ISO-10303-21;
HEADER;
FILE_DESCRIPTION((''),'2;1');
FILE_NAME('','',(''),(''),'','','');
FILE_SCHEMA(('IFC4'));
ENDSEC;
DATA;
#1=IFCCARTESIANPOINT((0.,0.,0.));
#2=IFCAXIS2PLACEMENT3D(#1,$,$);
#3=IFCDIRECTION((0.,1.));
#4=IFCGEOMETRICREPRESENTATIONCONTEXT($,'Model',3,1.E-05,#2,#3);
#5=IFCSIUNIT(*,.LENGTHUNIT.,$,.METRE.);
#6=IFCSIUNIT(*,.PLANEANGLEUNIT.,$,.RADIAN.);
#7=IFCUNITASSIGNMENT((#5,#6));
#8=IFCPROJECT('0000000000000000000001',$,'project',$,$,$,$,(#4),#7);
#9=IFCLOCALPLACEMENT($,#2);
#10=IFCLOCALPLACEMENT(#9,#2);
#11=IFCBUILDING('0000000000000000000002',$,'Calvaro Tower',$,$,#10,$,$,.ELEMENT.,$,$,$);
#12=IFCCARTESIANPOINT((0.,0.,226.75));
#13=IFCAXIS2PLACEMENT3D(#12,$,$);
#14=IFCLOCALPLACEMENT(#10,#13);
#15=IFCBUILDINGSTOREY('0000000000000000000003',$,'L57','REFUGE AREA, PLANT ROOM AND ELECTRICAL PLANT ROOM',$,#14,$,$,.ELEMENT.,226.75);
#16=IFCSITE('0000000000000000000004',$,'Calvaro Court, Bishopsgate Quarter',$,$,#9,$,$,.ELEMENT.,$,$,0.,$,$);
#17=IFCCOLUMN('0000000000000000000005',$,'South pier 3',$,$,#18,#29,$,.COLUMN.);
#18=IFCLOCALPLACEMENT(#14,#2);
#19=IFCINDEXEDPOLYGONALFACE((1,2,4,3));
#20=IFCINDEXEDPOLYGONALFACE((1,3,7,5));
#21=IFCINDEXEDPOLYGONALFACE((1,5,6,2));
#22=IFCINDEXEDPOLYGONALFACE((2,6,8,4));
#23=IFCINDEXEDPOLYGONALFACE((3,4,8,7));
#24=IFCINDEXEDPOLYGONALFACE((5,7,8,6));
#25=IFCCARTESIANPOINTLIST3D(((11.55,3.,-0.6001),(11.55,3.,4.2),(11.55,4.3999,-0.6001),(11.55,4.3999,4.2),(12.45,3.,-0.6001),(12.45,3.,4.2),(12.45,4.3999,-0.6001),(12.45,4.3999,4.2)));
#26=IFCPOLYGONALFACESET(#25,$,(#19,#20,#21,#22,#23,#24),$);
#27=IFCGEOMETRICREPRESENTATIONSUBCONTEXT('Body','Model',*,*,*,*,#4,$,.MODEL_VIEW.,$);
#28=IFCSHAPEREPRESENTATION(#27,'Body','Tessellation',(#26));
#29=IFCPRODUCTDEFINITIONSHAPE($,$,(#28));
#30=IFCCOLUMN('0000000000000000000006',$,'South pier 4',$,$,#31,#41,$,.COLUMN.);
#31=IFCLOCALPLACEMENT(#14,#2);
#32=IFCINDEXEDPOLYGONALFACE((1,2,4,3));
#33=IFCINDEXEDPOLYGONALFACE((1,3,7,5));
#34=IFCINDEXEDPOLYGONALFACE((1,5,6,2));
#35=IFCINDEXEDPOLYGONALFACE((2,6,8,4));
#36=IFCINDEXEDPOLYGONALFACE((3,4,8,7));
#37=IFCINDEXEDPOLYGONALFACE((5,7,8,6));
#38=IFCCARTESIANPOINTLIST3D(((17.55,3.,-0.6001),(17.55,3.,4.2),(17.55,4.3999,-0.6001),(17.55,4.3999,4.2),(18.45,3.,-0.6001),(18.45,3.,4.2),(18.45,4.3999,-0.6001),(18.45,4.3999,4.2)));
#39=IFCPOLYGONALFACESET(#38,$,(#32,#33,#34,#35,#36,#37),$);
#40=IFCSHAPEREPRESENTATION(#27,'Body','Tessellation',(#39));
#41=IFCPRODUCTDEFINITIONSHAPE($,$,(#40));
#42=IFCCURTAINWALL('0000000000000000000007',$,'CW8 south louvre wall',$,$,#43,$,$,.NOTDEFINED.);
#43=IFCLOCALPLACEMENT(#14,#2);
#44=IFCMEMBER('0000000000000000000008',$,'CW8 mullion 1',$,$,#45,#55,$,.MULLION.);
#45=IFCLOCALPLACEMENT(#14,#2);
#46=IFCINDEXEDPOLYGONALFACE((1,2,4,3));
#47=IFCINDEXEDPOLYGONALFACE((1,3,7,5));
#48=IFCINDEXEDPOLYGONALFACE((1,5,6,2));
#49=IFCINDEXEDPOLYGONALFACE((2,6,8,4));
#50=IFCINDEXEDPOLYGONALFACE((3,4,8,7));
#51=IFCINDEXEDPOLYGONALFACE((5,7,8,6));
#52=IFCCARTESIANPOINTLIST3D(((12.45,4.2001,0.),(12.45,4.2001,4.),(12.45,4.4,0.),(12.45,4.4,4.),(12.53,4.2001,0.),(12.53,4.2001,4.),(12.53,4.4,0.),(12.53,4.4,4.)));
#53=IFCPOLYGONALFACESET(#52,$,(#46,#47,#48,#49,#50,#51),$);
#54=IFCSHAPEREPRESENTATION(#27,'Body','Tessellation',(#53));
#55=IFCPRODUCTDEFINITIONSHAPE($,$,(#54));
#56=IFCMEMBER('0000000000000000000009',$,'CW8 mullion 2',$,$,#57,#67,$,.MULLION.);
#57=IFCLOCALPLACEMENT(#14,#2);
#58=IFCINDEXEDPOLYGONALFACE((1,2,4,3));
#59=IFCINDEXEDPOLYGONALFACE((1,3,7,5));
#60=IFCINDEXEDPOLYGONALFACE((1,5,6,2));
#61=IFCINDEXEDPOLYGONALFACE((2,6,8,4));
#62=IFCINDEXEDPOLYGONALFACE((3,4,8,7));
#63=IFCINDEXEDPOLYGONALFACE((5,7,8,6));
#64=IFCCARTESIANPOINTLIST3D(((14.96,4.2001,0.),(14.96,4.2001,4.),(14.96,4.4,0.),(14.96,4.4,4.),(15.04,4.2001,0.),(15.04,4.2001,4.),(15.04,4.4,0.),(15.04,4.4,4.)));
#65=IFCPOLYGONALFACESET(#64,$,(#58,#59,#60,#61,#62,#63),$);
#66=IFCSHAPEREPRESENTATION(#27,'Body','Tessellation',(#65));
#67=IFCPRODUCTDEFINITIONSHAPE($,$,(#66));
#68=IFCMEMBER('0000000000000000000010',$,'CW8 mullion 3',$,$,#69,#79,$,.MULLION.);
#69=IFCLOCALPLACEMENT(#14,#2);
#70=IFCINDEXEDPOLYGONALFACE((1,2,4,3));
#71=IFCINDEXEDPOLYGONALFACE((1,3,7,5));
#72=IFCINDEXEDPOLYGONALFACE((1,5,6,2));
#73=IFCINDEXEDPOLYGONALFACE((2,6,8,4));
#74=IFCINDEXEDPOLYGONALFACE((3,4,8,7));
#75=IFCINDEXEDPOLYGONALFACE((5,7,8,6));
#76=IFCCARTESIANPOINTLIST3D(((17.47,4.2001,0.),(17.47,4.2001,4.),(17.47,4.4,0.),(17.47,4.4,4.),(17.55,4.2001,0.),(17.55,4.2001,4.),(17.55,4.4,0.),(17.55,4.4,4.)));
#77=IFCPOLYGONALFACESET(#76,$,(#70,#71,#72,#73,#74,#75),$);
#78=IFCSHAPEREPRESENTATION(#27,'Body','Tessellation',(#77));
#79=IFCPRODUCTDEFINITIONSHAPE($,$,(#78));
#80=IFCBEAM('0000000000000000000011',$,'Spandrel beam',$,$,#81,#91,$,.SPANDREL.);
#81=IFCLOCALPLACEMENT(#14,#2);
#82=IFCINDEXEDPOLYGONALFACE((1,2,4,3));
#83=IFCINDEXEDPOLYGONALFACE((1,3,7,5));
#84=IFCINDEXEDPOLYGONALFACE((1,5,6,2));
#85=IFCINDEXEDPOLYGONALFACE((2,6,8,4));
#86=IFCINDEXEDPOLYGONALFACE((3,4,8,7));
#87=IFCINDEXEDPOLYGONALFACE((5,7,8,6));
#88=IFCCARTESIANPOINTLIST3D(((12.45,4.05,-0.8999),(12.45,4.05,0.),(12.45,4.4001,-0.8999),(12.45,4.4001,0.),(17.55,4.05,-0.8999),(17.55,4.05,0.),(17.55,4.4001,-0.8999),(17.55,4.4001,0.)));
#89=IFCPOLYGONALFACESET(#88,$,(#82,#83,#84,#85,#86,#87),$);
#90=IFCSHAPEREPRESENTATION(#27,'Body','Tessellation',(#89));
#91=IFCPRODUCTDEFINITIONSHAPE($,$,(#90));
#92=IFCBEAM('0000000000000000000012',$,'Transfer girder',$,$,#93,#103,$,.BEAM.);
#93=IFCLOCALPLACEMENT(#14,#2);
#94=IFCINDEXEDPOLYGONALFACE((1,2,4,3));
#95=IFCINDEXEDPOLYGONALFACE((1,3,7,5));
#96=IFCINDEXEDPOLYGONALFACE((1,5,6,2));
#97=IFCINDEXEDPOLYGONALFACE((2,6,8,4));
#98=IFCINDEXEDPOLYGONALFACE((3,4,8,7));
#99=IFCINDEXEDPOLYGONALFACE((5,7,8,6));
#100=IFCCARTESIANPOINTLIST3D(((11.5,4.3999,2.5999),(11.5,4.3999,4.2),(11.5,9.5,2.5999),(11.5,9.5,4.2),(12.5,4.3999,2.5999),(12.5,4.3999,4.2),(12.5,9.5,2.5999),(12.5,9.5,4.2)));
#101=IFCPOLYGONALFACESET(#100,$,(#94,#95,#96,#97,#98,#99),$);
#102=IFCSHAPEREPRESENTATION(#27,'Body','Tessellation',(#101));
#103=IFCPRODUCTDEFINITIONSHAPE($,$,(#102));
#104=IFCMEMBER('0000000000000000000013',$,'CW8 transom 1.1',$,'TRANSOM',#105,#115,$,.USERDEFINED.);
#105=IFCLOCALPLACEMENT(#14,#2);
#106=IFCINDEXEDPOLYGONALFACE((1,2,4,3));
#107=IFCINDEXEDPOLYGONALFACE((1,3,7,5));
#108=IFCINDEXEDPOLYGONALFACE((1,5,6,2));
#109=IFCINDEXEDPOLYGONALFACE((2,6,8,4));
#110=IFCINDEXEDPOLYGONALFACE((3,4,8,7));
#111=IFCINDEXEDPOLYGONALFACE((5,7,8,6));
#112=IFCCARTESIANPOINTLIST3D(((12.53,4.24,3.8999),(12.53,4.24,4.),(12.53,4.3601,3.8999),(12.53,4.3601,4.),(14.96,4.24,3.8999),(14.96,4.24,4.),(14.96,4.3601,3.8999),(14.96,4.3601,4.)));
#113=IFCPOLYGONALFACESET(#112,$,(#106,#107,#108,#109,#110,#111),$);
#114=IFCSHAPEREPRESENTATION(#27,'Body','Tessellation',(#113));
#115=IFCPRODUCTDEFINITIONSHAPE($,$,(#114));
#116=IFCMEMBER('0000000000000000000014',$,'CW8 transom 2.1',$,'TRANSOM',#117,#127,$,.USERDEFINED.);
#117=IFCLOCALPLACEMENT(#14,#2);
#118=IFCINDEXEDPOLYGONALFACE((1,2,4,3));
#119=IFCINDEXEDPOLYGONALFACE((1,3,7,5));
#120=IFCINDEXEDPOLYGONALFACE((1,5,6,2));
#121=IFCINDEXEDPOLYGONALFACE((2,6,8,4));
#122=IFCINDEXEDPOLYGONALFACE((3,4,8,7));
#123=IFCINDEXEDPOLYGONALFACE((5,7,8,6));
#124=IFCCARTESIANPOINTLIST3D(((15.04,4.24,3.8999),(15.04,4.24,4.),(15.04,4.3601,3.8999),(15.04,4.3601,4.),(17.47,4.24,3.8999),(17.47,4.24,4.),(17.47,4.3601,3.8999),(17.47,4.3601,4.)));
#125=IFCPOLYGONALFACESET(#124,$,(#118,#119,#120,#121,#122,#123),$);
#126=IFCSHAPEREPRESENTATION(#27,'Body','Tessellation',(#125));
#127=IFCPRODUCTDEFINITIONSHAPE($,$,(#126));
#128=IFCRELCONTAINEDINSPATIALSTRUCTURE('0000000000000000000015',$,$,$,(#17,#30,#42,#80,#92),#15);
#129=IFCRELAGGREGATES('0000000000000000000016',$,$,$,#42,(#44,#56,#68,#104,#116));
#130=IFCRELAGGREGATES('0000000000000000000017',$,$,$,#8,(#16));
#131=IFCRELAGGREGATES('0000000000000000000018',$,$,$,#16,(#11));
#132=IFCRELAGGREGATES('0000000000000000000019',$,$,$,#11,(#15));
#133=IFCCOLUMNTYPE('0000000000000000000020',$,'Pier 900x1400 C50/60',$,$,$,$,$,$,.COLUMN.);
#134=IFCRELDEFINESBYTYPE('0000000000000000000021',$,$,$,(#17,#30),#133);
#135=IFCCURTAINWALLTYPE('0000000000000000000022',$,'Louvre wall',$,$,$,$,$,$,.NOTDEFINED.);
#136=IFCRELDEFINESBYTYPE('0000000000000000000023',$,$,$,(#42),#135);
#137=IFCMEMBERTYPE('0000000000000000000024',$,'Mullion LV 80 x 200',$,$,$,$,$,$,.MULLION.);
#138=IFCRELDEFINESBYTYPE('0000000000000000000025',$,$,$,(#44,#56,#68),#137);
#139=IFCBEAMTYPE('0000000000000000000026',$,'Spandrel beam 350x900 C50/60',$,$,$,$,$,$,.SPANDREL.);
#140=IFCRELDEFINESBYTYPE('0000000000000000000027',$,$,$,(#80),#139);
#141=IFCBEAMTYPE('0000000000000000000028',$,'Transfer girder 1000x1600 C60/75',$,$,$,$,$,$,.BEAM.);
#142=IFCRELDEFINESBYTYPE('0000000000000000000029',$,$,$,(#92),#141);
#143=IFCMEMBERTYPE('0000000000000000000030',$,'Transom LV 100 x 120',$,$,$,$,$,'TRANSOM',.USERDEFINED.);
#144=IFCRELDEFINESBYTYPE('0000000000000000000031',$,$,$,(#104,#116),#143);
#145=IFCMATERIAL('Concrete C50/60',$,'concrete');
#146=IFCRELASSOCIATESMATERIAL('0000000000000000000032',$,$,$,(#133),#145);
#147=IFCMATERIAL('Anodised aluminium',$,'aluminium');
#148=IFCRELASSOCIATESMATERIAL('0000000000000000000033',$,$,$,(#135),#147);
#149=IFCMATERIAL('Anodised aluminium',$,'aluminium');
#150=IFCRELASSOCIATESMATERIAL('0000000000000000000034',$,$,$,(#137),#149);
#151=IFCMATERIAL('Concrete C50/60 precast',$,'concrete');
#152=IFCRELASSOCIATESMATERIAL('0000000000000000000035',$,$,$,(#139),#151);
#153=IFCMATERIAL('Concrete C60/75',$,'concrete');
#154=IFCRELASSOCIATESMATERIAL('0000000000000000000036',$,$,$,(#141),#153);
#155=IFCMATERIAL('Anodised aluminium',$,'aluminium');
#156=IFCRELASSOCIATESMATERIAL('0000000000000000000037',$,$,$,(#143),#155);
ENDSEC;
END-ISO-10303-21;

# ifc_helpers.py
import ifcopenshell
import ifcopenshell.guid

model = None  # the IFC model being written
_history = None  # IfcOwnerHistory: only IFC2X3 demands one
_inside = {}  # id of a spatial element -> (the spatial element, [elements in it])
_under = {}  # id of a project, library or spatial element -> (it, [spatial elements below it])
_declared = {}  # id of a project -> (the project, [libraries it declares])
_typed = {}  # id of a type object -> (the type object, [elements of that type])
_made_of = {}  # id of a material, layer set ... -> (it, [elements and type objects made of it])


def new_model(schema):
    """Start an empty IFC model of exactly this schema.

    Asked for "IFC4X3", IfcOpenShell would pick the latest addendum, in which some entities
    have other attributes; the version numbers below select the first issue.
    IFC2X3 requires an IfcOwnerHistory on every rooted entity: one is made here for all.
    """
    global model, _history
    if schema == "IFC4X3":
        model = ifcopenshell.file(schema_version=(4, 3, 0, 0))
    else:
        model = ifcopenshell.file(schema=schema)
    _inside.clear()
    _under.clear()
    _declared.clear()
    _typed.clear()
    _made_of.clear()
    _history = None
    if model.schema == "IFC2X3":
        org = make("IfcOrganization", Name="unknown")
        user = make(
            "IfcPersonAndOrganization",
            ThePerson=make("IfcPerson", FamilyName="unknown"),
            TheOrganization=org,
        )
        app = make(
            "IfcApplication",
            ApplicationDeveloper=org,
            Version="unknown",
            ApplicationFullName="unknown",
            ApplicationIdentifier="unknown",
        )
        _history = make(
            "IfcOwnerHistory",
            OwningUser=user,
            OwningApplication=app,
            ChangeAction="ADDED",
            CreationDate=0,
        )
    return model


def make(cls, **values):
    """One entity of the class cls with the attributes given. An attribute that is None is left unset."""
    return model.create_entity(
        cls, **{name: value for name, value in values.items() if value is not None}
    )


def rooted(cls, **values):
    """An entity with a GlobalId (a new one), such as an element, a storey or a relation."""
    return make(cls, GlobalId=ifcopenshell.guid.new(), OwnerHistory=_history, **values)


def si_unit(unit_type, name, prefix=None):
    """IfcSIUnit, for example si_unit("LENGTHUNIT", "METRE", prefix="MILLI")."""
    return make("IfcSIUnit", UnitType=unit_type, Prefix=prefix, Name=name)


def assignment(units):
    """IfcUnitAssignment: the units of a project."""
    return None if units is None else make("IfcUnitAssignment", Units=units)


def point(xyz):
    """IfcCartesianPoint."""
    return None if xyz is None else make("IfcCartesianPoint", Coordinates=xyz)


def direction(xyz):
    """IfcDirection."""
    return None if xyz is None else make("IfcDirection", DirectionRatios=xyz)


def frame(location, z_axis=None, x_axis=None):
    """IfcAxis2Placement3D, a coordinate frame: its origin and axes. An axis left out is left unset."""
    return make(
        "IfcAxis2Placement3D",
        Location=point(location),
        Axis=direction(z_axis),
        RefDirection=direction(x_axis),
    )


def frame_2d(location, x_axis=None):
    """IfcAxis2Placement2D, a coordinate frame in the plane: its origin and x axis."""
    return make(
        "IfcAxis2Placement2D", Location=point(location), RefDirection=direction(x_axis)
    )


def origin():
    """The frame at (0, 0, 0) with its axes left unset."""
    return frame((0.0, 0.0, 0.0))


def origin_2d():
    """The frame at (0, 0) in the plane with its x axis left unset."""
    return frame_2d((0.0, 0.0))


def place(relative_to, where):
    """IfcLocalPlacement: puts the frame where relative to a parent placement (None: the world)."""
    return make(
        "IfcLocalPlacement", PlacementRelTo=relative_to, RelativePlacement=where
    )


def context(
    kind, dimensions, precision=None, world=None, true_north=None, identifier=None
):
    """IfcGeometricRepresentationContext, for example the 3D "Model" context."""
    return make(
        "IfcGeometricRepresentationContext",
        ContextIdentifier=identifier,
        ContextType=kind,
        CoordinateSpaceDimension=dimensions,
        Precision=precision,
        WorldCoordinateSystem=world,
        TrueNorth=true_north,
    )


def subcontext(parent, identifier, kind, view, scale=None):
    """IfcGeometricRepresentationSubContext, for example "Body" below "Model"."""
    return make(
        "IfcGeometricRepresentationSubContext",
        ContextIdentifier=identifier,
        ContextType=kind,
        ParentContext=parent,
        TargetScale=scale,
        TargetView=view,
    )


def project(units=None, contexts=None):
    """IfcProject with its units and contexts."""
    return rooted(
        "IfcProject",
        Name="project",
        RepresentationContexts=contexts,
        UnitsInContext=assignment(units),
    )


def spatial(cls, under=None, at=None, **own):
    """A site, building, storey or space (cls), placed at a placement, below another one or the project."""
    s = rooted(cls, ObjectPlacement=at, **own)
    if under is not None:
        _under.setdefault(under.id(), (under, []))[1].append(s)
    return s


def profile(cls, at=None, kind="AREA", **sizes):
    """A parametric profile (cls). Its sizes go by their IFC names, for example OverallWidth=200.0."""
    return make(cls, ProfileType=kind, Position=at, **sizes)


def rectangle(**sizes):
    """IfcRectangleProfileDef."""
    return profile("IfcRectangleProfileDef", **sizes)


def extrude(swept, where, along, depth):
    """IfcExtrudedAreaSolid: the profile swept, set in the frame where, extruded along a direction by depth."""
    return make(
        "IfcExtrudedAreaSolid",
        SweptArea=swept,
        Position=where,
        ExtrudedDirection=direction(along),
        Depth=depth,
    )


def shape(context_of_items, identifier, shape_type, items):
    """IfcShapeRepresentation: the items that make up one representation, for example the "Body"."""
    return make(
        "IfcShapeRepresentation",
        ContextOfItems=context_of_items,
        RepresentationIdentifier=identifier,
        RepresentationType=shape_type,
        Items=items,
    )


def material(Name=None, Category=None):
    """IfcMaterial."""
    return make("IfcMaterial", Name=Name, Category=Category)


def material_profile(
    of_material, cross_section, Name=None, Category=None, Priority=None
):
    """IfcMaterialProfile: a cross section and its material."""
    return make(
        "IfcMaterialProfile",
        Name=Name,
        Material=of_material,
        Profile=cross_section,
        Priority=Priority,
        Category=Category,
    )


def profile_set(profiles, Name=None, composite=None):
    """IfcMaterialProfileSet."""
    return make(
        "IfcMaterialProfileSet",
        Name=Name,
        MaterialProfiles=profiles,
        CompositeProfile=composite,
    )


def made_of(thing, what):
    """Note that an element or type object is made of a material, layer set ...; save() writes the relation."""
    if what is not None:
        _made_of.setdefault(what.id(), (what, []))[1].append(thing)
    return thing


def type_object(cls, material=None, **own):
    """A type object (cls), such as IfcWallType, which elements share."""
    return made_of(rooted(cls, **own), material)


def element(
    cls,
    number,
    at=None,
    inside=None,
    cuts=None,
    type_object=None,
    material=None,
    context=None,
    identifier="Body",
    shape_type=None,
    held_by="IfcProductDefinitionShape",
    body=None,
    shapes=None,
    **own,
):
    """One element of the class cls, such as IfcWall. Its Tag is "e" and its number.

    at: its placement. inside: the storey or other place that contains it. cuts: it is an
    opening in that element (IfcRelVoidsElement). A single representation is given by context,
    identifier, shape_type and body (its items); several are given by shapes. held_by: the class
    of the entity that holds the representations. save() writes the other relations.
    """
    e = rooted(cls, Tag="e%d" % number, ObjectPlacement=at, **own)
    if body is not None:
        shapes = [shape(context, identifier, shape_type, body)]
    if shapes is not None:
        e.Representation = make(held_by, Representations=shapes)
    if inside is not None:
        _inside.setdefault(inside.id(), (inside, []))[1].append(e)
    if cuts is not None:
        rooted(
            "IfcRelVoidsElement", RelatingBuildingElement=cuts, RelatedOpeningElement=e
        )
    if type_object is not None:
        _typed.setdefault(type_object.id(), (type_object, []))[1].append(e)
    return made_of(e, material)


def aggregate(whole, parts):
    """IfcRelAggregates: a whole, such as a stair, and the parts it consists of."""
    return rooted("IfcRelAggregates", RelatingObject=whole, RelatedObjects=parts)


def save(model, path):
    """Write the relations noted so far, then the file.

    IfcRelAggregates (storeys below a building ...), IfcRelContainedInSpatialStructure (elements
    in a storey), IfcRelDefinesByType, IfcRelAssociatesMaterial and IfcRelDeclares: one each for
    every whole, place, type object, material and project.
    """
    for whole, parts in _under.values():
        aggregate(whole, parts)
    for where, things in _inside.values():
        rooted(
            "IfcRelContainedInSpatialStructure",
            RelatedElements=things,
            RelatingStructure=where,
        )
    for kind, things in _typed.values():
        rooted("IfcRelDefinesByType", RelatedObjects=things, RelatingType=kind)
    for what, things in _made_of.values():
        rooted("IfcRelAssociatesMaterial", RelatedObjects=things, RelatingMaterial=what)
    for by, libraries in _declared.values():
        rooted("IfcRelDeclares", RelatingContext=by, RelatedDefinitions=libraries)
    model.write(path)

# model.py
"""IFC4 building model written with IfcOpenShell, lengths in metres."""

from ifc_helpers import new_model, si_unit, direction, frame, origin, origin_2d, place, context, subcontext, project, spatial, rectangle, extrude, material, material_profile, profile_set, type_object, element, aggregate, save


model = new_model("IFC4")

# Units and contexts
model_context = context("Model", 3, precision=1e-05, world=origin(), true_north=direction((0.0, 1.0)))
body_context = subcontext(model_context, "Body", "Model", "MODEL_VIEW")
ifc_project = project(units=[si_unit("LENGTHUNIT", "METRE"), si_unit("PLANEANGLEUNIT", "RADIAN")], contexts=[model_context])

# Site, building, storey
site_placement = place(None, origin())
site = spatial("IfcSite", under=ifc_project, at=site_placement, Name="Calvaro Court, Bishopsgate Quarter", CompositionType="ELEMENT", RefElevation=0.0)
building_placement = place(site_placement, origin())
building = spatial("IfcBuilding", under=site, at=building_placement, Name="Calvaro Tower", CompositionType="ELEMENT")
storey_placement = place(building_placement, frame((0.0, 0.0, 226.75)))
storey = spatial("IfcBuildingStorey", under=building, at=storey_placement, Name="L57", Description="REFUGE AREA, PLANT ROOM AND ELECTRICAL PLANT ROOM", CompositionType="ELEMENT", Elevation=226.75)

# Columns
ifc_material_1 = material(Name="Concrete C50/60", Category="concrete")
ifc_material_profile_1 = material_profile(ifc_material_1, rectangle(XDim=0.8999, YDim=1.3999, at=origin_2d()), Name="RC 900x1400")
ifc_profile_set_1 = profile_set([ifc_material_profile_1], Name="Concrete C50/60")
column_type = type_object("IfcColumnType", Name="Pier 900x1400 C50/60", PredefinedType="COLUMN", material=ifc_profile_set_1)
for number, where, z_axis, x_axis, name in (
    (1, (12.0, 3.7, -0.6001), (0.0, 0.0, 1.0), (1.0, 0.0, 0.0), "South pier 3"),
    (2, (18.0, 3.7, -0.6001), (0.0, 0.0, 1.0), (1.0, 0.0, 0.0), "South pier 4"),
):
    element("IfcColumn", number, at=place(storey_placement, frame(where, z_axis=z_axis, x_axis=x_axis)), inside=storey, type_object=column_type, Name=name, PredefinedType="COLUMN", context=body_context, shape_type="SweptSolid", body=[
        extrude(rectangle(XDim=0.8999, YDim=1.3999, at=origin_2d()), origin(), (0.0, 0.0, 1.0), 4.8),
    ])

# Curtain wall, members
ifc_material_2 = material(Name="Anodised aluminium", Category="aluminium")
curtain_wall_type = type_object("IfcCurtainWallType", Name="Louvre wall", PredefinedType="NOTDEFINED", material=ifc_material_2)
curtain_wall_placement = place(storey_placement, origin())
curtain_wall = element("IfcCurtainWall", 3, at=curtain_wall_placement, inside=storey, type_object=curtain_wall_type, Name="CW8 south louvre wall", PredefinedType="NOTDEFINED")
ifc_material_3 = material(Name="Anodised aluminium", Category="aluminium")
ifc_material_profile_2 = material_profile(ifc_material_3, rectangle(XDim=0.2, YDim=0.0801, at=origin_2d()), Name="Mullion LV 80 x 200")
ifc_profile_set_2 = profile_set([ifc_material_profile_2], Name="Anodised aluminium")
member_type_1 = type_object("IfcMemberType", Name="Mullion LV 80 x 200", PredefinedType="MULLION", material=ifc_profile_set_2)
member_1_placement = place(storey_placement, frame((12.49, 4.3, 0.0), z_axis=(0.0, 0.0, 1.0), x_axis=(0.0, 1.0, 0.0)))
member_1 = element("IfcMember", 4, at=member_1_placement, type_object=member_type_1, Name="CW8 mullion 1", PredefinedType="MULLION", context=body_context, shape_type="SweptSolid", body=[
    extrude(rectangle(XDim=0.2, YDim=0.0801, at=origin_2d()), origin(), (0.0, 0.0, 1.0), 4.0),
])
member_2_placement = place(storey_placement, frame((15.0, 4.3, 0.0), z_axis=(0.0, 0.0, 1.0), x_axis=(0.0, 1.0, 0.0)))
member_2 = element("IfcMember", 5, at=member_2_placement, type_object=member_type_1, Name="CW8 mullion 2", PredefinedType="MULLION", context=body_context, shape_type="SweptSolid", body=[
    extrude(rectangle(XDim=0.2, YDim=0.0801, at=origin_2d()), origin(), (0.0, 0.0, 1.0), 4.0),
])
member_3_placement = place(storey_placement, frame((17.51, 4.3, 0.0), z_axis=(0.0, 0.0, 1.0), x_axis=(0.0, 1.0, 0.0)))
member_3 = element("IfcMember", 6, at=member_3_placement, type_object=member_type_1, Name="CW8 mullion 3", PredefinedType="MULLION", context=body_context, shape_type="SweptSolid", body=[
    extrude(rectangle(XDim=0.2, YDim=0.0801, at=origin_2d()), origin(), (0.0, 0.0, 1.0), 4.0),
])

# Beams
ifc_material_4 = material(Name="Concrete C50/60 precast", Category="concrete")
ifc_material_profile_3 = material_profile(ifc_material_4, rectangle(XDim=0.3501, YDim=0.8999, at=origin_2d()), Name="RC 350x900")
ifc_profile_set_3 = profile_set([ifc_material_profile_3], Name="Concrete C50/60 precast")
beam_type_1 = type_object("IfcBeamType", Name="Spandrel beam 350x900 C50/60", PredefinedType="SPANDREL", material=ifc_profile_set_3)
beam_1_placement = place(storey_placement, frame((12.45, 4.2251, -0.45), z_axis=(1.0, 0.0, 0.0), x_axis=(0.0, 1.0, 0.0)))
element("IfcBeam", 7, at=beam_1_placement, inside=storey, type_object=beam_type_1, Name="Spandrel beam", PredefinedType="SPANDREL", context=body_context, shape_type="SweptSolid", body=[
    extrude(rectangle(XDim=0.3501, YDim=0.8999, at=origin_2d()), origin(), (0.0, 0.0, 1.0), 5.1001),
])
ifc_material_5 = material(Name="Concrete C60/75", Category="concrete")
ifc_material_profile_4 = material_profile(ifc_material_5, rectangle(XDim=1.0, YDim=1.6001, at=origin_2d()), Name="RC 1000x1600")
ifc_profile_set_4 = profile_set([ifc_material_profile_4], Name="Concrete C60/75")
beam_type_2 = type_object("IfcBeamType", Name="Transfer girder 1000x1600 C60/75", PredefinedType="BEAM", material=ifc_profile_set_4)
beam_2_placement = place(storey_placement, frame((12.0, 4.3999, 3.3999), z_axis=(0.0, 1.0, 0.0), x_axis=(-1.0, 0.0, 0.0)))
element("IfcBeam", 8, at=beam_2_placement, inside=storey, type_object=beam_type_2, Name="Transfer girder", PredefinedType="BEAM", context=body_context, shape_type="SweptSolid", body=[
    extrude(rectangle(XDim=1.0, YDim=1.6001, at=origin_2d()), origin(), (0.0, 0.0, 1.0), 5.1001),
])

# Members
ifc_material_6 = material(Name="Anodised aluminium", Category="aluminium")
ifc_material_profile_5 = material_profile(ifc_material_6, rectangle(XDim=0.1201, YDim=0.1001, at=origin_2d()), Name="Transom LV 100 x 120")
ifc_profile_set_5 = profile_set([ifc_material_profile_5], Name="Anodised aluminium")
member_type_2 = type_object("IfcMemberType", Name="Transom LV 100 x 120", ElementType="TRANSOM", PredefinedType="USERDEFINED", material=ifc_profile_set_5)
member_4_placement = place(storey_placement, frame((12.53, 4.3, 3.95), z_axis=(1.0, 0.0, 0.0), x_axis=(0.0, 1.0, 0.0)))
member_4 = element("IfcMember", 9, at=member_4_placement, type_object=member_type_2, Name="CW8 transom 1.1", ObjectType="TRANSOM", PredefinedType="USERDEFINED", context=body_context, shape_type="SweptSolid", body=[
    extrude(rectangle(XDim=0.1201, YDim=0.1001, at=origin_2d()), origin(), (0.0, 0.0, 1.0), 2.4299),
])
member_5_placement = place(storey_placement, frame((15.04, 4.3, 3.95), z_axis=(1.0, 0.0, 0.0), x_axis=(0.0, 1.0, 0.0)))
member_5 = element("IfcMember", 10, at=member_5_placement, type_object=member_type_2, Name="CW8 transom 2.1", ObjectType="TRANSOM", PredefinedType="USERDEFINED", context=body_context, shape_type="SweptSolid", body=[
    extrude(rectangle(XDim=0.1201, YDim=0.1001, at=origin_2d()), origin(), (0.0, 0.0, 1.0), 2.4299),
])

aggregate(curtain_wall, [member_1, member_2, member_3, member_4, member_5])

save(model, "model.ifc")
